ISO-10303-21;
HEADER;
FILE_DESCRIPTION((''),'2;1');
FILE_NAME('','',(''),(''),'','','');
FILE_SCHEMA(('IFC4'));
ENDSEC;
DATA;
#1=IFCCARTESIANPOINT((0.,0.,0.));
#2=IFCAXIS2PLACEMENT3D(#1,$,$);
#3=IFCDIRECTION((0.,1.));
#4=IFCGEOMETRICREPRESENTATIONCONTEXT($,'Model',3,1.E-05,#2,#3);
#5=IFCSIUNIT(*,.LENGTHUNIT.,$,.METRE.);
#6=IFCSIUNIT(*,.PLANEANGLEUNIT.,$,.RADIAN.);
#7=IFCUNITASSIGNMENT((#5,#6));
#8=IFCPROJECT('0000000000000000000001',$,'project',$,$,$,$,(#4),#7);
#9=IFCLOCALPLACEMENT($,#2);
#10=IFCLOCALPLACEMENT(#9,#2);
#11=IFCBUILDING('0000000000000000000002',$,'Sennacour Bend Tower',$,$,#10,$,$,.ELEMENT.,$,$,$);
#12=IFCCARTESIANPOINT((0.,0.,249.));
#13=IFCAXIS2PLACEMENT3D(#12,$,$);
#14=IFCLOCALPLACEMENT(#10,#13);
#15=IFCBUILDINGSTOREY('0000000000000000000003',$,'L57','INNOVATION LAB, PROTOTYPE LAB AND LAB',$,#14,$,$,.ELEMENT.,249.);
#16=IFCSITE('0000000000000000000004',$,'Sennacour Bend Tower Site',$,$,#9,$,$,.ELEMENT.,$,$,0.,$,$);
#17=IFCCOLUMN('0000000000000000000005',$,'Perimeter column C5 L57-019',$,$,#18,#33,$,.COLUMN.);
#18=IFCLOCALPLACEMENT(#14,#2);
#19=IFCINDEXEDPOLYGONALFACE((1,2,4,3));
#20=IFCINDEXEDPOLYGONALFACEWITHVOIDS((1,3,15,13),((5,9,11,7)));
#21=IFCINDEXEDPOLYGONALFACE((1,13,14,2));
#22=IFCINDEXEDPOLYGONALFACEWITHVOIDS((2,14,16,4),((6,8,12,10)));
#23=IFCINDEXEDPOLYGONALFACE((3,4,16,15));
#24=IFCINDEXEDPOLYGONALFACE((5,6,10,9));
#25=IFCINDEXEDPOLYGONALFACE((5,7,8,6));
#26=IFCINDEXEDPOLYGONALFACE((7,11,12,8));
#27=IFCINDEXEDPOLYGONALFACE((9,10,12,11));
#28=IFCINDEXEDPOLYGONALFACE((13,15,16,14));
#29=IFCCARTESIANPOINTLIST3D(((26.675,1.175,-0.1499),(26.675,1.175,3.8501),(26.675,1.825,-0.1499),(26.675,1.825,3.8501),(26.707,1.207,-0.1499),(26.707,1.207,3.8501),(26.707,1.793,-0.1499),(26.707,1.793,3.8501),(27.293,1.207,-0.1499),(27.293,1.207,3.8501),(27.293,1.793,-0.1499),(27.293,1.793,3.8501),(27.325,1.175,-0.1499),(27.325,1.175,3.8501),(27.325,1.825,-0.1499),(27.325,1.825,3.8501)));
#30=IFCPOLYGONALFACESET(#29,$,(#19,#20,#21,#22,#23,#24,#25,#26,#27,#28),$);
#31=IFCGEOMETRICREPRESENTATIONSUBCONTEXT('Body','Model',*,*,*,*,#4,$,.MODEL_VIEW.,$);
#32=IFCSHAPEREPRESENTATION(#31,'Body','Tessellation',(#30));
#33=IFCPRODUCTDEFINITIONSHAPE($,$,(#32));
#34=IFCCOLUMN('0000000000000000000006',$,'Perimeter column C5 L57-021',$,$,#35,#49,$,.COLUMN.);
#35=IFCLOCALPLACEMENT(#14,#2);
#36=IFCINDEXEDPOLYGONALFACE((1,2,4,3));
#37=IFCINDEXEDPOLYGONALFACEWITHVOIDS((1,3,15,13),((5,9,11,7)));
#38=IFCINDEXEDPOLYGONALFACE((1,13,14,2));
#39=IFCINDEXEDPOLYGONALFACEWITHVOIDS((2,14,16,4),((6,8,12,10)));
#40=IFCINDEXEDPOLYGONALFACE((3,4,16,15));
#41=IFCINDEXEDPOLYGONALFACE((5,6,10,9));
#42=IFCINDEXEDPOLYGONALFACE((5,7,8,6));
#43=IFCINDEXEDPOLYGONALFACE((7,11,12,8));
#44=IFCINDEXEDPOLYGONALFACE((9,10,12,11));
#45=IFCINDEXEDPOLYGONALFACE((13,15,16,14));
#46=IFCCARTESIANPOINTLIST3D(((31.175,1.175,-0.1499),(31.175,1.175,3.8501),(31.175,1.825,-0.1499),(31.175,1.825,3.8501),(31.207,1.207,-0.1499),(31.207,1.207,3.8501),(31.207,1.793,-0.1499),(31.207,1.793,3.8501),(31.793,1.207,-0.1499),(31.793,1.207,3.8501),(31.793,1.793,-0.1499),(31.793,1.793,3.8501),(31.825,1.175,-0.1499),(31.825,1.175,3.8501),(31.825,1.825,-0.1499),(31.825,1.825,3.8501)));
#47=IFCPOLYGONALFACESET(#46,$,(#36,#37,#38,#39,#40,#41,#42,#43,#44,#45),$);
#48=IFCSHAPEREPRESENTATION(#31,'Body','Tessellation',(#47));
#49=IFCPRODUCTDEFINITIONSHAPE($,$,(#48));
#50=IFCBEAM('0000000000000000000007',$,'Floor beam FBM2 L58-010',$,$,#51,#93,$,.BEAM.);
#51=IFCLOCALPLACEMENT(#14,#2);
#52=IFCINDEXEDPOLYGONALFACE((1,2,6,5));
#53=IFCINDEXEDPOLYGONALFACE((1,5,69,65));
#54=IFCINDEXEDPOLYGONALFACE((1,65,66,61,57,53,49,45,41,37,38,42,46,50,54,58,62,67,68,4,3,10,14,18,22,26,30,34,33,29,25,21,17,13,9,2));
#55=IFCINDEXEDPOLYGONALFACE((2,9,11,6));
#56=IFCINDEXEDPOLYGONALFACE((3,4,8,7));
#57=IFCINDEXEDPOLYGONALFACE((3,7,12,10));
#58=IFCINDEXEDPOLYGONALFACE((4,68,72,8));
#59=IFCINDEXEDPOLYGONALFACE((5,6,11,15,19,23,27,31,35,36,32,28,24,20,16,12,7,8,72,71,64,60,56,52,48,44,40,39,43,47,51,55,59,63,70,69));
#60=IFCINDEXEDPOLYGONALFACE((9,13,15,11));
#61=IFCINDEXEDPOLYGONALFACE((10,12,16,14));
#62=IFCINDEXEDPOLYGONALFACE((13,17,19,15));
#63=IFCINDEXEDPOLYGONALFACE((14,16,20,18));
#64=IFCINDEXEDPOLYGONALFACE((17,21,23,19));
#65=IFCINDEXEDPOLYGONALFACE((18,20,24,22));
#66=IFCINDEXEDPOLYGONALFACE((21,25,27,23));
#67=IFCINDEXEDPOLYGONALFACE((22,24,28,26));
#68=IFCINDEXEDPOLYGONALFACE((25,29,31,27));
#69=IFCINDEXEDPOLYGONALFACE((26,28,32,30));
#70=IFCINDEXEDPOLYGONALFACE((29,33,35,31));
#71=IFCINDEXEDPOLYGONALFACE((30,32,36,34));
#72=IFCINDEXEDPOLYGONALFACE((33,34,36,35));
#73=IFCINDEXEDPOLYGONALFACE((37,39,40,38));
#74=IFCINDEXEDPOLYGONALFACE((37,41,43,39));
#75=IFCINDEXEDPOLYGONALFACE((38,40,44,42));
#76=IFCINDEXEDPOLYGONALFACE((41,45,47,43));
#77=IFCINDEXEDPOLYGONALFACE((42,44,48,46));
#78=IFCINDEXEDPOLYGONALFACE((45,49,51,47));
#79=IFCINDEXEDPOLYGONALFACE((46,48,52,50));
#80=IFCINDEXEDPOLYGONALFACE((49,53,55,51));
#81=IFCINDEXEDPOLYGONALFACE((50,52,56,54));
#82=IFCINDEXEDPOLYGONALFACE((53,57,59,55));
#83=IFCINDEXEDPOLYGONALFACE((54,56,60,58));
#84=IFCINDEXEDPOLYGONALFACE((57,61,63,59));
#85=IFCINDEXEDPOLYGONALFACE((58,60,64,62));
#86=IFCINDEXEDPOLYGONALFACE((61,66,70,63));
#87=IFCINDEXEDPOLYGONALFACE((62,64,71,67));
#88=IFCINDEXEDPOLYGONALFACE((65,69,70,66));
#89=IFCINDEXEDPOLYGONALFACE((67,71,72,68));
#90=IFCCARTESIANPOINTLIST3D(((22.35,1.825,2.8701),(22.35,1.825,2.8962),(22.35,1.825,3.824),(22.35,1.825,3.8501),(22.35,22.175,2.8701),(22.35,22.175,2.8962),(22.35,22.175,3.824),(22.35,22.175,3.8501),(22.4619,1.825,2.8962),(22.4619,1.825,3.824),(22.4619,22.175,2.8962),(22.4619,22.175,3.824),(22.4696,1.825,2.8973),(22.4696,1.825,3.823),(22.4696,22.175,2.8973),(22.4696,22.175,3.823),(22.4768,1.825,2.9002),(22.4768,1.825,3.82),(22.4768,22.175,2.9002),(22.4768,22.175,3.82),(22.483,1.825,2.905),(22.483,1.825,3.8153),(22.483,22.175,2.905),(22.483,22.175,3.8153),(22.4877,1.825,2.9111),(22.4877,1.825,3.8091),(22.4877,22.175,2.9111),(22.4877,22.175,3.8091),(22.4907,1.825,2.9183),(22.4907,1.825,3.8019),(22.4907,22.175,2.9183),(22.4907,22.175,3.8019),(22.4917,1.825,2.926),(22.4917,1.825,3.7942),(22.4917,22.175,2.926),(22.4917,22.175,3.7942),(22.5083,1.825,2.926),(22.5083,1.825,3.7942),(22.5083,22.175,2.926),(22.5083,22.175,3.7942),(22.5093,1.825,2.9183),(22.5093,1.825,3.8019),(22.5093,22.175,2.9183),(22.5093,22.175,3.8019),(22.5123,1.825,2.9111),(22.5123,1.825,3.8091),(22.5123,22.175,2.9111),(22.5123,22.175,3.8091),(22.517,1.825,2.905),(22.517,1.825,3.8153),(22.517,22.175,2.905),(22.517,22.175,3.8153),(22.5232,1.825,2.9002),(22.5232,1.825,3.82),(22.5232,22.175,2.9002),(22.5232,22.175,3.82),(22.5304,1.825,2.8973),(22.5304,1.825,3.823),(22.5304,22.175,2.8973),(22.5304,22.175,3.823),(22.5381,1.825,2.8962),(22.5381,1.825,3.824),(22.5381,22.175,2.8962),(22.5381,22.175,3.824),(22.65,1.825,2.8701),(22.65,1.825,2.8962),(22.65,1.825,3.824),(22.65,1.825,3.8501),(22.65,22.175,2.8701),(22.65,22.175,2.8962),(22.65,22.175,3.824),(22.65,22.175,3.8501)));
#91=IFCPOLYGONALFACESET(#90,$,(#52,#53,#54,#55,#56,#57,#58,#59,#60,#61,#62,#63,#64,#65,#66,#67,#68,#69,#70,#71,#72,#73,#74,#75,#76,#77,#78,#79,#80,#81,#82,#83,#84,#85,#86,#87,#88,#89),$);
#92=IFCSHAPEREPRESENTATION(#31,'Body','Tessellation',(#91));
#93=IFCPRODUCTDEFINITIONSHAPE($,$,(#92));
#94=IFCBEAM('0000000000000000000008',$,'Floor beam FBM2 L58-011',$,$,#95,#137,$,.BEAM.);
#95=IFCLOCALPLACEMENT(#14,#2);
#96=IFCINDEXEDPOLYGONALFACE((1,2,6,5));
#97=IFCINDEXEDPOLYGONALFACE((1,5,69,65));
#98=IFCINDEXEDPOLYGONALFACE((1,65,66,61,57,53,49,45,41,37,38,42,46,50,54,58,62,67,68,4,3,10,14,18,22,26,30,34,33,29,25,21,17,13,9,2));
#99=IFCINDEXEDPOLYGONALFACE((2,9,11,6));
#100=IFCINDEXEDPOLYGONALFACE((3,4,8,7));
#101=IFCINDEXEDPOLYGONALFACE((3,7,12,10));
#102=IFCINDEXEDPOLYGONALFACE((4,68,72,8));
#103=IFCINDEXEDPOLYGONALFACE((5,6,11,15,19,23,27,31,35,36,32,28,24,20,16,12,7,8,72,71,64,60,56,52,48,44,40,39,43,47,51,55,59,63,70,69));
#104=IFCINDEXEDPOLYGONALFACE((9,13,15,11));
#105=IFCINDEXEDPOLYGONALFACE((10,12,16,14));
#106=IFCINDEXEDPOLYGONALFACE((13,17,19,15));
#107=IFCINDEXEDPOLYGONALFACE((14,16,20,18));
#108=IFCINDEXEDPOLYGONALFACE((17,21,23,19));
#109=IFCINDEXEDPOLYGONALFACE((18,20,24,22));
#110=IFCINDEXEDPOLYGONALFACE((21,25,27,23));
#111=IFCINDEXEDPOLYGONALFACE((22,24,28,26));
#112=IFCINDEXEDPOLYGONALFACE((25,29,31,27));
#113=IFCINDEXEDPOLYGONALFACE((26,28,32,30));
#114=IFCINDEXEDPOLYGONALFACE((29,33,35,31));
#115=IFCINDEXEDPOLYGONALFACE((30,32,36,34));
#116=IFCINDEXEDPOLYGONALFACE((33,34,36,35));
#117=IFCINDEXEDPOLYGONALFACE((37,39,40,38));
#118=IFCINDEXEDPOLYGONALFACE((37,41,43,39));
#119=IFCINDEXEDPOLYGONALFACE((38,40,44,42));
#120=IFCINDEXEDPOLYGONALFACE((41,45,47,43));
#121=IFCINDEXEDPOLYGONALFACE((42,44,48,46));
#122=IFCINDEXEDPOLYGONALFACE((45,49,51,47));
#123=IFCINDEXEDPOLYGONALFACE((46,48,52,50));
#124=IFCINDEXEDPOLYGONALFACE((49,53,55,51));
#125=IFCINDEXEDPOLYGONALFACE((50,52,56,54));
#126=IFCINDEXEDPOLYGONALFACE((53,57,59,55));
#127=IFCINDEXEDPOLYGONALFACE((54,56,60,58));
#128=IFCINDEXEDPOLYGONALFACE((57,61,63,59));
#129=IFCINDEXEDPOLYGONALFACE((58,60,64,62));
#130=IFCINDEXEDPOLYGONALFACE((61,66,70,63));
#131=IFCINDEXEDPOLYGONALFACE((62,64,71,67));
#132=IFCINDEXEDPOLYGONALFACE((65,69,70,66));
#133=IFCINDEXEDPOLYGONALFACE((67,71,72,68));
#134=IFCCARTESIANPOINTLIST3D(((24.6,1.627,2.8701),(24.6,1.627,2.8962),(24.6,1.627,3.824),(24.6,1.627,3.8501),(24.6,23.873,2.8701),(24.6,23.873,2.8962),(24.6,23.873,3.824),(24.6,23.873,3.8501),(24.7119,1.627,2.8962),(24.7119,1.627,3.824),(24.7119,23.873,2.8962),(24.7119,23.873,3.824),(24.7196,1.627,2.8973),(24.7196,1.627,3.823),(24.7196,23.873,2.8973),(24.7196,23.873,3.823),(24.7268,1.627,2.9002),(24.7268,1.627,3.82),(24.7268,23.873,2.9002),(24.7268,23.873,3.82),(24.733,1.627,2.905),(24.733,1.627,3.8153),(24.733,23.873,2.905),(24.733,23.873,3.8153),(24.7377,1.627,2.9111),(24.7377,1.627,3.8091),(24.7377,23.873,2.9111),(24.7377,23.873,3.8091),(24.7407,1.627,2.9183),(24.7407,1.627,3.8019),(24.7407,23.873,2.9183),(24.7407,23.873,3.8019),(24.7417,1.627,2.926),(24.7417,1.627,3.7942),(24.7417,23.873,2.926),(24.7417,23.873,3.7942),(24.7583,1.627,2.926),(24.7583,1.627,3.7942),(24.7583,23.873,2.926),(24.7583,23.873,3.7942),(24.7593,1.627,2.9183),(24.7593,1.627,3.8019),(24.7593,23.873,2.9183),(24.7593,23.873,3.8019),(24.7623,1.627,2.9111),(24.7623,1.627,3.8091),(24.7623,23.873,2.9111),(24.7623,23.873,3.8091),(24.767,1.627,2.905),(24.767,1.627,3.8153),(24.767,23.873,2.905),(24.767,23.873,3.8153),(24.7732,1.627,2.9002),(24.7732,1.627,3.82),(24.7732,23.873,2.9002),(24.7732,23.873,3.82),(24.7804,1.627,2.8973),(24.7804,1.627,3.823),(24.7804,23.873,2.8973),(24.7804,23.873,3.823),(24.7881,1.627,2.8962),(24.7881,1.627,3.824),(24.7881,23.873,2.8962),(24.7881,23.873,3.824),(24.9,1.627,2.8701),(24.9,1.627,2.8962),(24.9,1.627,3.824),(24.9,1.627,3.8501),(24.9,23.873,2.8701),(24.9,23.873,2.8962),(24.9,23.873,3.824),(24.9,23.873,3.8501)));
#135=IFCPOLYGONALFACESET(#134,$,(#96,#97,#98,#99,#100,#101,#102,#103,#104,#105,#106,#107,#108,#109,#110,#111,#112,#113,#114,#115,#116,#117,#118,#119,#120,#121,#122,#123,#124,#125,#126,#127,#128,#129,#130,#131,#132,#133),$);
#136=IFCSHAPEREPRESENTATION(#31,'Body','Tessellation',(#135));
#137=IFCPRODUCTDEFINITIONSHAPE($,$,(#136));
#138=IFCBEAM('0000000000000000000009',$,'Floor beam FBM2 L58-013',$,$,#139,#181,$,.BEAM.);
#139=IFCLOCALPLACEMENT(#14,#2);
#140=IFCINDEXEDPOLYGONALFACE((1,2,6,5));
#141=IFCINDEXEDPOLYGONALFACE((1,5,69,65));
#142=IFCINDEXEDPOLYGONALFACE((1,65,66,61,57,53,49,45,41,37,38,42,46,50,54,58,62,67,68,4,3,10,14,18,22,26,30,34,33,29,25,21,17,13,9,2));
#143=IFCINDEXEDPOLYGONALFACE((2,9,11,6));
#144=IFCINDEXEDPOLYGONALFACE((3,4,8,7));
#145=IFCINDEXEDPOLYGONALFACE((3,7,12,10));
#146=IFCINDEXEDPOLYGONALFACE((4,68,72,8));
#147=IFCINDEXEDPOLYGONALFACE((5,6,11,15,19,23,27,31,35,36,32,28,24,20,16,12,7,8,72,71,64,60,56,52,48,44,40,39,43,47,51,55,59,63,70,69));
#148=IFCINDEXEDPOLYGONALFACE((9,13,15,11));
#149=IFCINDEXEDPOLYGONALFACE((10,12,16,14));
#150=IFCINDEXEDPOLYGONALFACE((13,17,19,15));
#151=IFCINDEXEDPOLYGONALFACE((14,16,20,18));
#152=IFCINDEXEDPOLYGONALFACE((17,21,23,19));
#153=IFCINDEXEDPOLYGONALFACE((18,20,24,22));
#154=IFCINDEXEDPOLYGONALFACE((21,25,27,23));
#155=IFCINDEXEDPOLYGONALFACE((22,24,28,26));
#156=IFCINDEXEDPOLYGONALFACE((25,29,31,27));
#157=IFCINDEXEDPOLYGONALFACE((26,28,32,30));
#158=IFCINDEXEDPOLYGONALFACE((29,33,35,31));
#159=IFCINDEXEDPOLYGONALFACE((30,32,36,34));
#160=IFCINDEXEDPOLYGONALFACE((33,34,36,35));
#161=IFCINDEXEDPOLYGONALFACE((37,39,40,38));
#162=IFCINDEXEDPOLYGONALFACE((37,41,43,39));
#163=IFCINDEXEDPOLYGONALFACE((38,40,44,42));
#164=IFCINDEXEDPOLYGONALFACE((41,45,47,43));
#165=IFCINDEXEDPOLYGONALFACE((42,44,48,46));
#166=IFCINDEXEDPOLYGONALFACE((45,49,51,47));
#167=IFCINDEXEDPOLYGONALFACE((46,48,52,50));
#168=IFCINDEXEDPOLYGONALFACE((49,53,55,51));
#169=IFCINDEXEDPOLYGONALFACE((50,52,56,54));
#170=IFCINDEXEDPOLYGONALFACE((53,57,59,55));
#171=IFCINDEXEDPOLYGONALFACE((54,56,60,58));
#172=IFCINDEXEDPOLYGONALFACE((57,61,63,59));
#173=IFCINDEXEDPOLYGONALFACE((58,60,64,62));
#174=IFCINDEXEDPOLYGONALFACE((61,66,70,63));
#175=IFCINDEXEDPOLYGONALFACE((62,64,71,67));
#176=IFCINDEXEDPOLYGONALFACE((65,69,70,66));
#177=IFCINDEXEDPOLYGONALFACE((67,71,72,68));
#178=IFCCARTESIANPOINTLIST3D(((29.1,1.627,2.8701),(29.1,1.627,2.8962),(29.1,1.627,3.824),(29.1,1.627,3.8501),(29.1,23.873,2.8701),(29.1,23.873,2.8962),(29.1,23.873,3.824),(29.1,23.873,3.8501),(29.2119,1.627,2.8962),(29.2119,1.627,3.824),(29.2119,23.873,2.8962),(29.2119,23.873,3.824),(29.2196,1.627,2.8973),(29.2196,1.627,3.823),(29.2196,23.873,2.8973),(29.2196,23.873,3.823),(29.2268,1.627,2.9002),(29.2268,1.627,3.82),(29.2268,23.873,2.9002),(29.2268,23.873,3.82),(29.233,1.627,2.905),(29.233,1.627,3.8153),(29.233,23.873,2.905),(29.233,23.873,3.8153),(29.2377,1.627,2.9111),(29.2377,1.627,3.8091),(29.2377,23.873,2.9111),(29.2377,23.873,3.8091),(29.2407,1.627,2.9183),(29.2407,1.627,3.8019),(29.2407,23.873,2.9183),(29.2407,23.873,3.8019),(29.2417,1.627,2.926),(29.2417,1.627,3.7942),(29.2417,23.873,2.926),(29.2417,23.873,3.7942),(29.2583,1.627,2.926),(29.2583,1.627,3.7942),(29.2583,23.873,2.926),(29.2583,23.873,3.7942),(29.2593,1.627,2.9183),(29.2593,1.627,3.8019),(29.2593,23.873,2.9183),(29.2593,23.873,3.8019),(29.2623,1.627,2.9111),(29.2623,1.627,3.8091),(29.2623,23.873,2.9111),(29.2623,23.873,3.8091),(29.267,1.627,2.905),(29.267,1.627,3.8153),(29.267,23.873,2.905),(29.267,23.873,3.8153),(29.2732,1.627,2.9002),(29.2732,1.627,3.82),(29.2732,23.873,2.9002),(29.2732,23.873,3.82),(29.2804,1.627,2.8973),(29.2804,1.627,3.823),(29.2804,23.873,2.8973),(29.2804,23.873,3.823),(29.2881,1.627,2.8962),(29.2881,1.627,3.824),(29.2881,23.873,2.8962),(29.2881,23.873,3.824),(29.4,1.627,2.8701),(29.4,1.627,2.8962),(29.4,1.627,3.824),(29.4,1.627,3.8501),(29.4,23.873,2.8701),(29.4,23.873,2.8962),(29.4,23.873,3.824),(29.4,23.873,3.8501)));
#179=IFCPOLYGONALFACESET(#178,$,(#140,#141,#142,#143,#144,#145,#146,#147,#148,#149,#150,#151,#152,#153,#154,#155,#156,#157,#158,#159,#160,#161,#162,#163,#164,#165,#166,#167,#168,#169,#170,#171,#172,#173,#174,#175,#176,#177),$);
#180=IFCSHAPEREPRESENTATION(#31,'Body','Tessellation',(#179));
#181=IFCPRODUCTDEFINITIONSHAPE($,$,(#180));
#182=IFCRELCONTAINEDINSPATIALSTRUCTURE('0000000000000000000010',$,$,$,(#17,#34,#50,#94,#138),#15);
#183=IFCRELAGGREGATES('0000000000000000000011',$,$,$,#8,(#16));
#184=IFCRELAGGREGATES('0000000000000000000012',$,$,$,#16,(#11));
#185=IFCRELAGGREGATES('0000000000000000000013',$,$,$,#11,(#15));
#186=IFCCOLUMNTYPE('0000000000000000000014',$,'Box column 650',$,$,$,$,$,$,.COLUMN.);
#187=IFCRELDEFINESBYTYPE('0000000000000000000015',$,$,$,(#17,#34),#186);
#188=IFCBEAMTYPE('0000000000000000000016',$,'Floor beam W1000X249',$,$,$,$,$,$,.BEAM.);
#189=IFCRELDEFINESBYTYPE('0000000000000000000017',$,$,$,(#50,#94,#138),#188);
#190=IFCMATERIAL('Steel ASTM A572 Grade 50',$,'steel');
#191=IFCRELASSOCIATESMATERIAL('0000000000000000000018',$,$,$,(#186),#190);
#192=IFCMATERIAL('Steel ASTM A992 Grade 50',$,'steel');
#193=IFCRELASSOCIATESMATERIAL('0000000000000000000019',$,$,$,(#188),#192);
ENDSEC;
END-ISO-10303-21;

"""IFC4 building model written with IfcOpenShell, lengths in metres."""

from ifc_helpers import new_model, si_unit, direction, frame, origin, origin_2d, place, context, subcontext, project, spatial, hollow_rectangle, i_section, extrude, material, material_profile, profile_set, type_object, element, save


model = new_model("IFC4")

# Units and contexts
model_context = context("Model", 3, precision=1e-05, world=origin(), true_north=direction((0.0, 1.0)))
body_context = subcontext(model_context, "Body", "Model", "MODEL_VIEW")
ifc_project = project(units=[si_unit("LENGTHUNIT", "METRE"), si_unit("PLANEANGLEUNIT", "RADIAN")], contexts=[model_context])

# Site, building, storey
site_placement = place(None, origin())
site = spatial("IfcSite", under=ifc_project, at=site_placement, Name="Sennacour Bend Tower Site", CompositionType="ELEMENT", RefElevation=0.0)
building_placement = place(site_placement, origin())
building = spatial("IfcBuilding", under=site, at=building_placement, Name="Sennacour Bend Tower", CompositionType="ELEMENT")
storey_placement = place(building_placement, frame((0.0, 0.0, 249.0)))
storey = spatial("IfcBuildingStorey", under=building, at=storey_placement, Name="L57", Description="INNOVATION LAB, PROTOTYPE LAB AND LAB", CompositionType="ELEMENT", Elevation=249.0)

# Columns
ifc_material_1 = material(Name="Steel ASTM A572 Grade 50", Category="steel")
ifc_material_profile_1 = material_profile(ifc_material_1, hollow_rectangle(XDim=0.6499, YDim=0.6499, WallThickness=0.032, at=origin_2d()), Name="Steel ASTM A572 Grade 50", Category="steel")
ifc_profile_set_1 = profile_set([ifc_material_profile_1], Name="Steel ASTM A572 Grade 50")
column_type = type_object("IfcColumnType", Name="Box column 650", PredefinedType="COLUMN", material=ifc_profile_set_1)
for number, where, z_axis, x_axis, name in (
    (1, (27.0, 1.5, -0.1499), (0.0, 0.0, 1.0), (1.0, 0.0, 0.0), "Perimeter column C5 L57-019"),
    (2, (31.5, 1.5, -0.1499), (0.0, 0.0, 1.0), (1.0, 0.0, 0.0), "Perimeter column C5 L57-021"),
):
    element("IfcColumn", number, at=place(storey_placement, frame(where, z_axis=z_axis, x_axis=x_axis)), inside=storey, type_object=column_type, Name=name, PredefinedType="COLUMN", context=body_context, shape_type="SweptSolid", body=[
        extrude(hollow_rectangle(XDim=0.6499, YDim=0.6499, WallThickness=0.032, at=origin_2d()), origin(), (0.0, 0.0, 1.0), 4.0),
    ])

# Beams
ifc_material_2 = material(Name="Steel ASTM A992 Grade 50", Category="steel")
ifc_material_profile_2 = material_profile(ifc_material_2, i_section(OverallWidth=0.3, OverallDepth=0.98, WebThickness=0.0166, FlangeThickness=0.0261, FilletRadius=0.0298, at=origin_2d()), Name="Steel ASTM A992 Grade 50", Category="steel")
ifc_profile_set_2 = profile_set([ifc_material_profile_2], Name="Steel ASTM A992 Grade 50")
beam_type_1 = type_object("IfcBeamType", Name="Floor beam W1000X249", PredefinedType="BEAM", material=ifc_profile_set_2)
beam_placement = place(storey_placement, frame((22.5, 1.825, 3.3601), z_axis=(0.0, 1.0, 0.0), x_axis=(-1.0, 0.0, 0.0)))
element("IfcBeam", 3, at=beam_placement, inside=storey, type_object=beam_type_1, Name="Floor beam FBM2 L58-010", PredefinedType="BEAM", context=body_context, shape_type="SweptSolid", body=[
    extrude(i_section(OverallWidth=0.3, OverallDepth=0.98, WebThickness=0.0166, FlangeThickness=0.0261, FilletRadius=0.0298, at=origin_2d()), origin(), (0.0, 0.0, 1.0), 20.3501),
])
for number, where, z_axis, x_axis, name in (
    (4, (24.75, 1.627, 3.3601), (0.0, 1.0, 0.0), (-1.0, 0.0, 0.0), "Floor beam FBM2 L58-011"),
    (5, (29.25, 1.627, 3.3601), (0.0, 1.0, 0.0), (-1.0, 0.0, 0.0), "Floor beam FBM2 L58-013"),
):
    element("IfcBeam", number, at=place(storey_placement, frame(where, z_axis=z_axis, x_axis=x_axis)), inside=storey, type_object=beam_type_1, Name=name, PredefinedType="BEAM", context=body_context, shape_type="SweptSolid", body=[
        extrude(i_section(OverallWidth=0.3, OverallDepth=0.98, WebThickness=0.0166, FlangeThickness=0.0261, FilletRadius=0.0298, at=origin_2d()), origin(), (0.0, 0.0, 1.0), 22.2461),
    ])

save(model, "model.ifc")
